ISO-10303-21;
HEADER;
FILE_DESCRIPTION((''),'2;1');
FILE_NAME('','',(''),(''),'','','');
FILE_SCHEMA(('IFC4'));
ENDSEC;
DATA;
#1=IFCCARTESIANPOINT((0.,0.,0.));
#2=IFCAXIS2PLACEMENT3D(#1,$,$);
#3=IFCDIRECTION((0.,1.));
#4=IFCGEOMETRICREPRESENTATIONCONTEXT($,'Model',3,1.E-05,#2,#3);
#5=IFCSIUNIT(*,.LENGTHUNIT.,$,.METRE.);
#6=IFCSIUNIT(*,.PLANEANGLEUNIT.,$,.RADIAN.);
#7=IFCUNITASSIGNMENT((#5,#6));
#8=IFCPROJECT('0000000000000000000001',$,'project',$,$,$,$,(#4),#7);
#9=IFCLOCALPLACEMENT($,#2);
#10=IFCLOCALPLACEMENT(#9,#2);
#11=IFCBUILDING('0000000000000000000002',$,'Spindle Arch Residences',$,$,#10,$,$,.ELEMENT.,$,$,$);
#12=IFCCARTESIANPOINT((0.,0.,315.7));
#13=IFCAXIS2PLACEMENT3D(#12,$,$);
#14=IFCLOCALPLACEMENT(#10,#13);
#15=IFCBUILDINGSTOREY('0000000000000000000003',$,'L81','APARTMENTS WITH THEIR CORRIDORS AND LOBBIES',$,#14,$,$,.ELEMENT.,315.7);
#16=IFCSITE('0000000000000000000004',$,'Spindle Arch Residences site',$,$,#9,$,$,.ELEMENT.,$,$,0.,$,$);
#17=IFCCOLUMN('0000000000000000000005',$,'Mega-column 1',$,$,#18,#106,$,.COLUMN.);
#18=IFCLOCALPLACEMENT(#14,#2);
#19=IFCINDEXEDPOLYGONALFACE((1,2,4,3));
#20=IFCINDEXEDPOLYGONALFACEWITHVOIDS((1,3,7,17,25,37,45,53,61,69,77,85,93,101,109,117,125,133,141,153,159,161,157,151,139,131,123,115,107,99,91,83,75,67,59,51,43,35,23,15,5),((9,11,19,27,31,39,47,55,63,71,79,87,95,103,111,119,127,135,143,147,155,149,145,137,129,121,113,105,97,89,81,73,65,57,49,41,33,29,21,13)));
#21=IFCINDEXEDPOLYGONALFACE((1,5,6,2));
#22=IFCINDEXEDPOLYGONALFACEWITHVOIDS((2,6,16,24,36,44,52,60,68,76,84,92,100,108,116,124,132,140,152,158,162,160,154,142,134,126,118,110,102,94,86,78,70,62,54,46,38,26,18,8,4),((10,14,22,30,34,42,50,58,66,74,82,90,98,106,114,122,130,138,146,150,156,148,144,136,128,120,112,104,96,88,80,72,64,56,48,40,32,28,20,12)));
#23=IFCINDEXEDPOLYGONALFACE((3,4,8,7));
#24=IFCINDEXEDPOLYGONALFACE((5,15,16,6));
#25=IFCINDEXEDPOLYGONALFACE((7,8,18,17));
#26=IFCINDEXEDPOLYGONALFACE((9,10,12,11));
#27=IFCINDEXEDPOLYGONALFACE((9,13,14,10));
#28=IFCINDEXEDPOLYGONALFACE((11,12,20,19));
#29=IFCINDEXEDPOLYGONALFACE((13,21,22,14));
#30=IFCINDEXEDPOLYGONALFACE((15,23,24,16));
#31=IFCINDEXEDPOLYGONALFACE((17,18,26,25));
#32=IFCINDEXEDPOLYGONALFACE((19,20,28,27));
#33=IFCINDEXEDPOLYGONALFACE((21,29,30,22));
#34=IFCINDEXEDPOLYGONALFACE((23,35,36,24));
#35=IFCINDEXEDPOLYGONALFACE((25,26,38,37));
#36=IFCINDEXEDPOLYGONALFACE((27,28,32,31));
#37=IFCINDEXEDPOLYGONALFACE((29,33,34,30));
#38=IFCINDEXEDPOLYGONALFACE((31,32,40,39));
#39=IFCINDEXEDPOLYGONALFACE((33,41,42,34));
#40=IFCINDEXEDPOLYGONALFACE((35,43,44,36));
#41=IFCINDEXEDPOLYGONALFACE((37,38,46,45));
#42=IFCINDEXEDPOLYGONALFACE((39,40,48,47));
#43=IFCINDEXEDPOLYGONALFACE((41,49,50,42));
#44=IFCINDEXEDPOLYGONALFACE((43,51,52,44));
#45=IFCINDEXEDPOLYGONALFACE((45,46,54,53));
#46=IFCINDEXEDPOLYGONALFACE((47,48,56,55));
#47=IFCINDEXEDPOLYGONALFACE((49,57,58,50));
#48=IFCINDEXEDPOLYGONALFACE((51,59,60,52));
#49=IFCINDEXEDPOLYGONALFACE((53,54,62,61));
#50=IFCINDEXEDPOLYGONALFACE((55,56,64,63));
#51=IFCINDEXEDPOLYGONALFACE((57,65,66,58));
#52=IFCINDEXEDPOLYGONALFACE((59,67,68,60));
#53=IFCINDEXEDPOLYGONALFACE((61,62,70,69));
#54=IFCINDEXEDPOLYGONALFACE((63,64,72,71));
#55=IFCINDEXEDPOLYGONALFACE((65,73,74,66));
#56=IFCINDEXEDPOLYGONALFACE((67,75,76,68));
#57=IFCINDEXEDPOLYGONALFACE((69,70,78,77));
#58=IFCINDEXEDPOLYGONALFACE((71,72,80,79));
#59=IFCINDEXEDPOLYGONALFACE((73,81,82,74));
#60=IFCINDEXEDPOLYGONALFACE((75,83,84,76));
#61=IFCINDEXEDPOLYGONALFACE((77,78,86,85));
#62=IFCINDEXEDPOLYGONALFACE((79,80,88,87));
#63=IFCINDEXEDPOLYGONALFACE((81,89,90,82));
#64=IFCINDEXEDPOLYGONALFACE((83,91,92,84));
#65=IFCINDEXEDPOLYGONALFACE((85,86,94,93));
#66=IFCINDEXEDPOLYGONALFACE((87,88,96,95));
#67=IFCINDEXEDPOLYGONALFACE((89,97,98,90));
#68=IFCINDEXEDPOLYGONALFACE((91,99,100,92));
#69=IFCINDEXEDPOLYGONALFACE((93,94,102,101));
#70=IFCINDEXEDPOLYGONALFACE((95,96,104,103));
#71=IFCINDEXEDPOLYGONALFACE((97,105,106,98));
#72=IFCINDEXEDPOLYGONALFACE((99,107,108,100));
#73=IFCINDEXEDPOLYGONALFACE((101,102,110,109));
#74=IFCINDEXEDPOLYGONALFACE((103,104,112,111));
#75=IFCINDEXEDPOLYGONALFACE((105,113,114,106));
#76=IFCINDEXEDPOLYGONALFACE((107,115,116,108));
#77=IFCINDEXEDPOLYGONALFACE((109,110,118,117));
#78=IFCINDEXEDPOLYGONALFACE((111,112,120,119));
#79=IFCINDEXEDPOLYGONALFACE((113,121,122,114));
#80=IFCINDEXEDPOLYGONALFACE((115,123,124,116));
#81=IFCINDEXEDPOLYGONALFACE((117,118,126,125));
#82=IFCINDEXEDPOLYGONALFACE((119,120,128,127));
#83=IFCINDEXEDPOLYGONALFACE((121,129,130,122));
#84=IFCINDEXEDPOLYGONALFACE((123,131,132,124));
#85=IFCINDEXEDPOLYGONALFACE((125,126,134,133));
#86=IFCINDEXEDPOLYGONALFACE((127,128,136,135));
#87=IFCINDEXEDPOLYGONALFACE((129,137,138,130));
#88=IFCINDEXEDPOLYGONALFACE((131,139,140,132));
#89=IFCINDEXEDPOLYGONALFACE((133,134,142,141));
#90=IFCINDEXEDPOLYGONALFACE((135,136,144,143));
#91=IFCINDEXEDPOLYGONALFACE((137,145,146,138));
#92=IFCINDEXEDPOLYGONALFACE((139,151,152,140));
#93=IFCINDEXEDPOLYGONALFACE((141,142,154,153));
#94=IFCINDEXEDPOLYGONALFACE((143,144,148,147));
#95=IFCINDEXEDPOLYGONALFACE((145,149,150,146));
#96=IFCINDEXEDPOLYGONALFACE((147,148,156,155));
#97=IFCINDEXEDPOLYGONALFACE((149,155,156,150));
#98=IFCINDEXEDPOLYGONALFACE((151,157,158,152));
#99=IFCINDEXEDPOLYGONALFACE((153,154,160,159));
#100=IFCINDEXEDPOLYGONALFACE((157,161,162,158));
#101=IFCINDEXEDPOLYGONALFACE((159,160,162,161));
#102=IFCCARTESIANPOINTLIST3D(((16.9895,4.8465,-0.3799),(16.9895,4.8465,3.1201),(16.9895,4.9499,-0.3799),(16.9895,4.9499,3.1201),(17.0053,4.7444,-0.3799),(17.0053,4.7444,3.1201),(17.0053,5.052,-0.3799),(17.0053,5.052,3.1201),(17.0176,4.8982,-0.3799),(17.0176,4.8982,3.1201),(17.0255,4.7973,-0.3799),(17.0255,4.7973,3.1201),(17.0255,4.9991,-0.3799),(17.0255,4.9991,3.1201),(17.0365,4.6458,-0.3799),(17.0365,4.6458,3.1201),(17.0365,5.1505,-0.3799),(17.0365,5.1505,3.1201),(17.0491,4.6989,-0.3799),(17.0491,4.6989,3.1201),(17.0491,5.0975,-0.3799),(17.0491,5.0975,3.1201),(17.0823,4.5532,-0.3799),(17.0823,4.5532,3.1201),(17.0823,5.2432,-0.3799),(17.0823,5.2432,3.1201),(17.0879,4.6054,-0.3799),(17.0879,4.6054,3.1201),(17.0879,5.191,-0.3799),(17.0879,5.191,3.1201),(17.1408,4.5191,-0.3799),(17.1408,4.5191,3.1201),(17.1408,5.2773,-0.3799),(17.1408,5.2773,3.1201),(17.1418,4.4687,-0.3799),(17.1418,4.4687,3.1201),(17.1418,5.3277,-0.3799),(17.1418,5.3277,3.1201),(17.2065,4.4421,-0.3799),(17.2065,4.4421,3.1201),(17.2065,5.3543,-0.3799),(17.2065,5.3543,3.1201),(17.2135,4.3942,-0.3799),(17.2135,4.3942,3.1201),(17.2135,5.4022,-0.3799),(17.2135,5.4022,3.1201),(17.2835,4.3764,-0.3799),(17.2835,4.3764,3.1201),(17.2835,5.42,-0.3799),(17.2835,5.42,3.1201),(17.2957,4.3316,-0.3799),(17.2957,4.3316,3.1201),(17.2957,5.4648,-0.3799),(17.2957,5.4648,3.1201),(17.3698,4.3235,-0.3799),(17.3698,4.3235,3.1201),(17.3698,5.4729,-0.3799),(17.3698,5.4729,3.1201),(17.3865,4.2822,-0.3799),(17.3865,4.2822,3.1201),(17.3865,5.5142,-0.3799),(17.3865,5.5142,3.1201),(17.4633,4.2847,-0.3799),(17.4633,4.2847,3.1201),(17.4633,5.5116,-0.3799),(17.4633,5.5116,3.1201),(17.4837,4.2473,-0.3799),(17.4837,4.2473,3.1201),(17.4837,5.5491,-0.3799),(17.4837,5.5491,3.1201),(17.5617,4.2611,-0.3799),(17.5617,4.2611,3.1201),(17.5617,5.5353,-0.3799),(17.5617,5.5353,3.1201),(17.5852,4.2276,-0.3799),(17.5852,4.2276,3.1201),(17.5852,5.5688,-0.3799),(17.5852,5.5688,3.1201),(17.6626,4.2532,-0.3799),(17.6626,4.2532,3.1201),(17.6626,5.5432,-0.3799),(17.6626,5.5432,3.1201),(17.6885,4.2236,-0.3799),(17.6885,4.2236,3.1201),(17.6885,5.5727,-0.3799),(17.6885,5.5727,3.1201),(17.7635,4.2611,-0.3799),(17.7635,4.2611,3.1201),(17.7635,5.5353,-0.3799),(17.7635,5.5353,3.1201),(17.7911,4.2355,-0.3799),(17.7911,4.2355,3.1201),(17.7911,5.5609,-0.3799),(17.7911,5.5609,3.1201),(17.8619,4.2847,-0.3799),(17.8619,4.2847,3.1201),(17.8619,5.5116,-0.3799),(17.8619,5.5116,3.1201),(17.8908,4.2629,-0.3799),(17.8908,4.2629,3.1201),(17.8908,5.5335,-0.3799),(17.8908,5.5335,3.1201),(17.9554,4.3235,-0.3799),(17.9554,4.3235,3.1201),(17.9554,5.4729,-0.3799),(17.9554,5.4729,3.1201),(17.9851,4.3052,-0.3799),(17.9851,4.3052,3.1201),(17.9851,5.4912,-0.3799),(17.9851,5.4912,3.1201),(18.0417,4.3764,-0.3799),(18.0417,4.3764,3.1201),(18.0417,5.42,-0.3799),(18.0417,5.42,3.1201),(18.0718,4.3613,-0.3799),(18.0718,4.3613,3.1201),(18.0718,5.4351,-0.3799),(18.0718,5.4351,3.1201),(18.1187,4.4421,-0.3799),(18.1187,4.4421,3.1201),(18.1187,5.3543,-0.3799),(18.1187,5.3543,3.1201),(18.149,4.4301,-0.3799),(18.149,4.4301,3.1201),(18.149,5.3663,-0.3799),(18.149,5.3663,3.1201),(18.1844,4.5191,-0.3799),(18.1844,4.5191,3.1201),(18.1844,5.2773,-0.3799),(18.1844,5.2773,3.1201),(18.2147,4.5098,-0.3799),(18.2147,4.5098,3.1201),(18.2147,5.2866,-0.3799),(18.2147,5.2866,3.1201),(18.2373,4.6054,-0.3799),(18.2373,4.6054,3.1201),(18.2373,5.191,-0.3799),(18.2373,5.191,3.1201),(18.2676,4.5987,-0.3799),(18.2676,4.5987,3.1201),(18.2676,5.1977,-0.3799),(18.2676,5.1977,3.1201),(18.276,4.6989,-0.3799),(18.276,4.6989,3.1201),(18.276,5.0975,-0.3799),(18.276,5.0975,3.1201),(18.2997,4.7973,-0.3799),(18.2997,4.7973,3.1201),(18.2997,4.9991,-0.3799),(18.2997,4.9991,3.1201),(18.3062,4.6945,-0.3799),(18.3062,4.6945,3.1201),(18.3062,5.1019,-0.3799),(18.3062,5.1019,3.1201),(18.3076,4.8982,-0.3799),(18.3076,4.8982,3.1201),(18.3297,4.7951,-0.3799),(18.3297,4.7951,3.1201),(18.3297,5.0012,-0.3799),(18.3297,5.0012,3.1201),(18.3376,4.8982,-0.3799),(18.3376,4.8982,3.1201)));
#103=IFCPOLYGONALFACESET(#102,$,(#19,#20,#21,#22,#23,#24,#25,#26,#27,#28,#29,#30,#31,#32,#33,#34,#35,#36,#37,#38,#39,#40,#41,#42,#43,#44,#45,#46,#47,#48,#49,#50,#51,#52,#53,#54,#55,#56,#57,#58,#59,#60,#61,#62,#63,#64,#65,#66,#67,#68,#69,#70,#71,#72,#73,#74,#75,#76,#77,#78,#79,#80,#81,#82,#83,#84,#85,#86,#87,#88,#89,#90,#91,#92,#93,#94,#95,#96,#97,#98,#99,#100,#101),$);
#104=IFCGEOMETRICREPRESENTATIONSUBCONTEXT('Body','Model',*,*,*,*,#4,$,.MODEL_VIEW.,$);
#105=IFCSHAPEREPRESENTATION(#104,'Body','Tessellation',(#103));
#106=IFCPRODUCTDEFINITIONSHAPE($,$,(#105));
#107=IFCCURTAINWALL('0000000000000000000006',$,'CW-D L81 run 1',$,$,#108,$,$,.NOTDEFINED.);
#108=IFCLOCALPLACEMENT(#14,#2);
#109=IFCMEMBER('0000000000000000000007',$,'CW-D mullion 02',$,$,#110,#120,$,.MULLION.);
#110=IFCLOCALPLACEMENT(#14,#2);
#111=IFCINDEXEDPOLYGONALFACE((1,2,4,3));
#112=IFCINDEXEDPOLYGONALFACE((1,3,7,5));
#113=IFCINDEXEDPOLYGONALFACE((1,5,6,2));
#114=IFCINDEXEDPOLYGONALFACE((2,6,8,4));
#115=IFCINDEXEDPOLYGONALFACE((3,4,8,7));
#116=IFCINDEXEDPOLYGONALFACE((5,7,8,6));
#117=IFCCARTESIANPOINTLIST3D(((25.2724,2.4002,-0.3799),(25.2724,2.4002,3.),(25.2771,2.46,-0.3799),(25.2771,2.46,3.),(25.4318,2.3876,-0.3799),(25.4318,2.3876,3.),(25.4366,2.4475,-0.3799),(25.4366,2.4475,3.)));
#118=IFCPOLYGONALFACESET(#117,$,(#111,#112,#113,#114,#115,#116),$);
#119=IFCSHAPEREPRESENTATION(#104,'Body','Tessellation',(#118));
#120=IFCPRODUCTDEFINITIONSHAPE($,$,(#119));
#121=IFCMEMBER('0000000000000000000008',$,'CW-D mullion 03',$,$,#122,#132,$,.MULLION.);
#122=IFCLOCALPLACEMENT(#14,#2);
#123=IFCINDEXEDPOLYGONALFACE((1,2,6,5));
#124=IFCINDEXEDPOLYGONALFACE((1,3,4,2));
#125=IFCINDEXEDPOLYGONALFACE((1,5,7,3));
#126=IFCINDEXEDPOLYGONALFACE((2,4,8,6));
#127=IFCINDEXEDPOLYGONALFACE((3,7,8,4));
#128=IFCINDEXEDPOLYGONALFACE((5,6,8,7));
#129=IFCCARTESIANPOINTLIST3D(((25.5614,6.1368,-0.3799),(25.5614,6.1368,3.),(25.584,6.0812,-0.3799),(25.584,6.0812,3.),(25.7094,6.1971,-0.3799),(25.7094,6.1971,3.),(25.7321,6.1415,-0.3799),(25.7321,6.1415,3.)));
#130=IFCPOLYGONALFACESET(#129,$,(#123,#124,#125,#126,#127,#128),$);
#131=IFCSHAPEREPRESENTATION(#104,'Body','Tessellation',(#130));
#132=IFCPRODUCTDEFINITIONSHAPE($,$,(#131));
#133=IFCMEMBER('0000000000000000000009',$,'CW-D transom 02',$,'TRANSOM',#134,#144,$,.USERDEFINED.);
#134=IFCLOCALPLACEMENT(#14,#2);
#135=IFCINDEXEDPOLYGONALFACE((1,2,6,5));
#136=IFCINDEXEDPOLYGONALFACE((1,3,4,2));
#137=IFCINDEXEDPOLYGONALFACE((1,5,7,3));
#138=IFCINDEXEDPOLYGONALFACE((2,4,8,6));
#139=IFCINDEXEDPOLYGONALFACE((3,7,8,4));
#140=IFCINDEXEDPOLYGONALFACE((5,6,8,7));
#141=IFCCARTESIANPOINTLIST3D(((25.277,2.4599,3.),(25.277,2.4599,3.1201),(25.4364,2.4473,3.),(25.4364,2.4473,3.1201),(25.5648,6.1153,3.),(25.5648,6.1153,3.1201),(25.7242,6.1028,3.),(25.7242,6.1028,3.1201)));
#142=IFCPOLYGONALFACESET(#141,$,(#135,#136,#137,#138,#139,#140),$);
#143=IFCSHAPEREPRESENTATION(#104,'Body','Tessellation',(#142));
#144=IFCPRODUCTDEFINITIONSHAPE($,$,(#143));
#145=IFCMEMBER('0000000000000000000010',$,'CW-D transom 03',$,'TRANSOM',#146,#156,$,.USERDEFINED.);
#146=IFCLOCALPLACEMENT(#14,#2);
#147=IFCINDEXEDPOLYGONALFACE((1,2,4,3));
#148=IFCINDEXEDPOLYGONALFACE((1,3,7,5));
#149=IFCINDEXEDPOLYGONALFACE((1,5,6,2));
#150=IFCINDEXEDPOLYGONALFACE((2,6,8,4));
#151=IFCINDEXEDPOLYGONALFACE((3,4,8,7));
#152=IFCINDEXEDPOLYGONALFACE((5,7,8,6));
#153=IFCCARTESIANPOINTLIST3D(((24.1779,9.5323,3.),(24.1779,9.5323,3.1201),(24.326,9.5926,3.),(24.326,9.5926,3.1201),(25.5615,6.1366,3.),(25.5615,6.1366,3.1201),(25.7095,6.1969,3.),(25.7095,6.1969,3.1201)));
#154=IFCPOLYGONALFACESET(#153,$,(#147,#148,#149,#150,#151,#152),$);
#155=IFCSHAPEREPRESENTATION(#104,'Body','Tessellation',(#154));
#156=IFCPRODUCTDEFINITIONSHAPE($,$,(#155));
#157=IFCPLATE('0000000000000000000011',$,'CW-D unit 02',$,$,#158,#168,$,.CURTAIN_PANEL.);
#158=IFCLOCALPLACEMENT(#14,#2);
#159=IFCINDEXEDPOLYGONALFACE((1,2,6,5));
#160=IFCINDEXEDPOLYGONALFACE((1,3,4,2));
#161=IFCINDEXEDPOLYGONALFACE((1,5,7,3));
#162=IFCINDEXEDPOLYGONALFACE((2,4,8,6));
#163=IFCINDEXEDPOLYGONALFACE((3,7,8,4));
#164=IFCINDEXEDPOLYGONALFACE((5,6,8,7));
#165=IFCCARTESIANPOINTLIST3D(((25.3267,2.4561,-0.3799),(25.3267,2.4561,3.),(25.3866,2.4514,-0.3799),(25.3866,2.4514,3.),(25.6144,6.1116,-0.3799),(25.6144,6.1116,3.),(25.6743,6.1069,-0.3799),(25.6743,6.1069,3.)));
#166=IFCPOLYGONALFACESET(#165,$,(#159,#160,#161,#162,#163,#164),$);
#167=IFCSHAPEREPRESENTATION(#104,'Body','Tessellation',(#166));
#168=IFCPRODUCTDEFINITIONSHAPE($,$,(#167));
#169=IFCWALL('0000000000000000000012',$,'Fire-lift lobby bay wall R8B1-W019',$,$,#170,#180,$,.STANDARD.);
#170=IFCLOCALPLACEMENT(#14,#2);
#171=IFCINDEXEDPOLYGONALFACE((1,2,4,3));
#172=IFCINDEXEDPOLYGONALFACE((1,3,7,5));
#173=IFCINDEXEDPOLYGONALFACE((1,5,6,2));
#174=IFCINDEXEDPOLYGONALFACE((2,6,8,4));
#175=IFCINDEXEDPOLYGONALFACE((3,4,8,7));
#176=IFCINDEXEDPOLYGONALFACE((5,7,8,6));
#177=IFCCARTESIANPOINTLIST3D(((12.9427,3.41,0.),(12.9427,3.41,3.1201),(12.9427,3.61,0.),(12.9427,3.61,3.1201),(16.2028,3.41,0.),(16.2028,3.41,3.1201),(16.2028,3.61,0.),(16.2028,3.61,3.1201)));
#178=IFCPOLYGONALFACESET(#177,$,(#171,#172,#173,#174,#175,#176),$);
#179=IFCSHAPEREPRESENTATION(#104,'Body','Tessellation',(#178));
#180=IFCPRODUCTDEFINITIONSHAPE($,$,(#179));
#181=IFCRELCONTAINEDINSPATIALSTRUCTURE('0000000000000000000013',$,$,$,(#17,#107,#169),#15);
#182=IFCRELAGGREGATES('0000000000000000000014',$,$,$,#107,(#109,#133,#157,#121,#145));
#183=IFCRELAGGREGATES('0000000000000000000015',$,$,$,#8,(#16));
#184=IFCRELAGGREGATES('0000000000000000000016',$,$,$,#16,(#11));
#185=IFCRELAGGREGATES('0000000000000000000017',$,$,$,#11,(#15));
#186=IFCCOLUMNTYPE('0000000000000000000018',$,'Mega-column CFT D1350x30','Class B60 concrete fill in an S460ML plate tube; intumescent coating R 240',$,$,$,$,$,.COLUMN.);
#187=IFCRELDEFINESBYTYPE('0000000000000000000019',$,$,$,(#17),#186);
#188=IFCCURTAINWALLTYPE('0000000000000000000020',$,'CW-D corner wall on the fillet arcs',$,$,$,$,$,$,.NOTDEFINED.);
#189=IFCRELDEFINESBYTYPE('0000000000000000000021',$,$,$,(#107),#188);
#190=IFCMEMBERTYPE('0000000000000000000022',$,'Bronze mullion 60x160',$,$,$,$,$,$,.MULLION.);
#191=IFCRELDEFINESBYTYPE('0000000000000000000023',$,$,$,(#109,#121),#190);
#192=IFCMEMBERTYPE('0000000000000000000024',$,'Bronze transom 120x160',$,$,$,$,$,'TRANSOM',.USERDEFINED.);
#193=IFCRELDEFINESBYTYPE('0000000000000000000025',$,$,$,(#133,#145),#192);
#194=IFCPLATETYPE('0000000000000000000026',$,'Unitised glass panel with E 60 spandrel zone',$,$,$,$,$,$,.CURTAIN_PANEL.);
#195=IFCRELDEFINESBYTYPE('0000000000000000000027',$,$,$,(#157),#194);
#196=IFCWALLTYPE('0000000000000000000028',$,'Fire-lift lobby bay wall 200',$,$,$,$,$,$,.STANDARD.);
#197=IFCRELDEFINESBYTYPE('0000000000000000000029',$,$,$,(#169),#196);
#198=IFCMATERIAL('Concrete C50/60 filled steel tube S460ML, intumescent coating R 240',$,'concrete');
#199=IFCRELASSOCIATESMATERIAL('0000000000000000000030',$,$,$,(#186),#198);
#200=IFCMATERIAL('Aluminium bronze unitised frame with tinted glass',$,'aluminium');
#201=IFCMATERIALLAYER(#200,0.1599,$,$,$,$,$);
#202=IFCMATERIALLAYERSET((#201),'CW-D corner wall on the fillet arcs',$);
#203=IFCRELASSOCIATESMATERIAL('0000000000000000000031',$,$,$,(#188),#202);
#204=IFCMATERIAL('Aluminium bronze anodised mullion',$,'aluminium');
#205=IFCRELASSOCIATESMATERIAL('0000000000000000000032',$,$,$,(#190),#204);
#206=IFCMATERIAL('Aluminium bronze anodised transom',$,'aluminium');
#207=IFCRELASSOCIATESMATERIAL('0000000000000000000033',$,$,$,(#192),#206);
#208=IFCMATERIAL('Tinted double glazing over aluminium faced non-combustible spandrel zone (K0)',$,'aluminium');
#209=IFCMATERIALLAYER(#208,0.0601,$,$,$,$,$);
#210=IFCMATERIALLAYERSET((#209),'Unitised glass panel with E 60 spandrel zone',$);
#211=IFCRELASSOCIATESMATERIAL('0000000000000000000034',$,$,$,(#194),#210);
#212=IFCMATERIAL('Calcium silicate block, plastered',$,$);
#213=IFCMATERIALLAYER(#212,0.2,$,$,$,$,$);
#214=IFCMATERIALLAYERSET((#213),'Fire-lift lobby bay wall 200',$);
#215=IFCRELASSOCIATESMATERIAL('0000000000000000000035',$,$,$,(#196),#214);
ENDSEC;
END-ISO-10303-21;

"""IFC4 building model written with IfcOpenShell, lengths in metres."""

from ifc_helpers import new_model, si_unit, direction, frame, frame_2d, origin, origin_2d, place, context, subcontext, project, spatial, rectangle, hollow_circle, extrude, material, layer, layer_set, material_profile, profile_set, type_object, element, aggregate, save


model = new_model("IFC4")

# Units and contexts
model_context = context("Model", 3, precision=1e-05, world=origin(), true_north=direction((0.0, 1.0)))
body_context = subcontext(model_context, "Body", "Model", "MODEL_VIEW")
ifc_project = project(units=[si_unit("LENGTHUNIT", "METRE"), si_unit("PLANEANGLEUNIT", "RADIAN")], contexts=[model_context])

# Site, building, storey
site_placement = place(None, origin())
site = spatial("IfcSite", under=ifc_project, at=site_placement, Name="Spindle Arch Residences site", CompositionType="ELEMENT", RefElevation=0.0)
building_placement = place(site_placement, origin())
building = spatial("IfcBuilding", under=site, at=building_placement, Name="Spindle Arch Residences", CompositionType="ELEMENT")
storey_placement = place(building_placement, frame((0.0, 0.0, 315.7)))
storey = spatial("IfcBuildingStorey", under=building, at=storey_placement, Name="L81", Description="APARTMENTS WITH THEIR CORRIDORS AND LOBBIES", CompositionType="ELEMENT", Elevation=315.7)

# Column
ifc_material_1 = material(Name="Concrete C50/60 filled steel tube S460ML, intumescent coating R 240", Category="concrete")
ifc_material_profile_1 = material_profile(ifc_material_1, hollow_circle(Radius=0.675, WallThickness=0.03, at=origin_2d()), Name="CFT D1350x30")
ifc_profile_set_1 = profile_set([ifc_material_profile_1], Name="Concrete C50/60 filled steel tube S460ML, intumescent coating R 240")
column_type = type_object("IfcColumnType", Name="Mega-column CFT D1350x30", Description="Class B60 concrete fill in an S460ML plate tube; intumescent coating R 240", PredefinedType="COLUMN", material=ifc_profile_set_1)
column_placement = place(storey_placement, frame((17.6626, 4.8982, -0.3799), z_axis=(0.0, 0.0, 1.0), x_axis=(1.0, 0.0, 0.0)))
element("IfcColumn", 1, at=column_placement, inside=storey, type_object=column_type, Name="Mega-column 1", PredefinedType="COLUMN", context=body_context, shape_type="SweptSolid", body=[
    extrude(hollow_circle(Radius=0.675, WallThickness=0.03, at=origin_2d()), origin(), (0.0, 0.0, 1.0), 3.5),
])

# Curtain wall, members, plate
ifc_material_2 = material(Name="Aluminium bronze unitised frame with tinted glass", Category="aluminium")
ifc_layer_1 = layer(ifc_material_2, 0.1599)
ifc_layer_set_1 = layer_set([ifc_layer_1], Name="CW-D corner wall on the fillet arcs")
curtain_wall_type = type_object("IfcCurtainWallType", Name="CW-D corner wall on the fillet arcs", PredefinedType="NOTDEFINED", material=ifc_layer_set_1)
curtain_wall_placement = place(storey_placement, origin())
curtain_wall = element("IfcCurtainWall", 2, at=curtain_wall_placement, inside=storey, type_object=curtain_wall_type, Name="CW-D L81 run 1", PredefinedType="NOTDEFINED")
ifc_material_3 = material(Name="Aluminium bronze anodised mullion", Category="aluminium")
ifc_material_profile_2 = material_profile(ifc_material_3, rectangle(XDim=0.1599, YDim=0.0601, at=origin_2d()), Name="MU 60x160")
ifc_profile_set_2 = profile_set([ifc_material_profile_2], Name="Aluminium bronze anodised mullion")
member_type_1 = type_object("IfcMemberType", Name="Bronze mullion 60x160", PredefinedType="MULLION", material=ifc_profile_set_2)
member_1_placement = place(storey_placement, frame((25.3545, 2.4238, -0.3799), z_axis=(0.0, 0.0, 1.0), x_axis=(-0.996917, 0.078459, 0.0)))
member_1 = element("IfcMember", 3, at=member_1_placement, type_object=member_type_1, Name="CW-D mullion 02", PredefinedType="MULLION", context=body_context, shape_type="SweptSolid", body=[
    extrude(rectangle(XDim=0.1599, YDim=0.0601, at=origin_2d()), origin(), (0.0, 0.0, 1.0), 3.3799),
])
member_2_placement = place(storey_placement, frame((25.6467, 6.1392, -0.3799), z_axis=(0.0, 0.0, 1.0), x_axis=(-0.92609, -0.377302, 0.0)))
member_2 = element("IfcMember", 4, at=member_2_placement, type_object=member_type_1, Name="CW-D mullion 03", PredefinedType="MULLION", context=body_context, shape_type="SweptSolid", body=[
    extrude(rectangle(XDim=0.1599, YDim=0.0601, at=origin_2d()), origin(), (0.0, 0.0, 1.0), 3.3799),
])
ifc_material_4 = material(Name="Aluminium bronze anodised transom", Category="aluminium")
ifc_material_profile_3 = material_profile(ifc_material_4, rectangle(XDim=0.1599, YDim=0.1201, at=origin_2d()), Name="TR 120x160")
ifc_profile_set_3 = profile_set([ifc_material_profile_3], Name="Aluminium bronze anodised transom")
member_type_2 = type_object("IfcMemberType", Name="Bronze transom 120x160", ElementType="TRANSOM", PredefinedType="USERDEFINED", material=ifc_profile_set_3)
member_3_placement = place(storey_placement, frame((25.3567, 2.4536, 3.0601), z_axis=(0.078499, 0.996914, 0.0), x_axis=(-0.996914, 0.078499, 0.0)))
member_3 = element("IfcMember", 5, at=member_3_placement, type_object=member_type_2, Name="CW-D transom 02", ObjectType="TRANSOM", PredefinedType="USERDEFINED", context=body_context, shape_type="SweptSolid", body=[
    extrude(rectangle(XDim=0.1599, YDim=0.1201, at=origin_2d()), origin(), (0.0, 0.0, 1.0), 3.6667),
])
member_4_placement = place(storey_placement, frame((25.6355, 6.1667, 3.0601), z_axis=(-0.377318, 0.926084, 0.0), x_axis=(-0.926084, -0.377318, 0.0)))
member_4 = element("IfcMember", 6, at=member_4_placement, type_object=member_type_2, Name="CW-D transom 03", ObjectType="TRANSOM", PredefinedType="USERDEFINED", context=body_context, shape_type="SweptSolid", body=[
    extrude(rectangle(XDim=0.1599, YDim=0.1201, at=origin_2d()), origin(), (0.0, 0.0, 1.0), 3.6667),
])
ifc_material_5 = material(Name="Tinted double glazing over aluminium faced non-combustible spandrel zone (K0)", Category="aluminium")
ifc_layer_2 = layer(ifc_material_5, 0.0601)
ifc_layer_set_2 = layer_set([ifc_layer_2], Name="Unitised glass panel with E 60 spandrel zone")
plate_type = type_object("IfcPlateType", Name="Unitised glass panel with E 60 spandrel zone", PredefinedType="CURTAIN_PANEL", material=ifc_layer_set_2)
plate_placement = place(storey_placement, frame((25.5005, 4.2815, -0.3799), z_axis=(0.0, 0.0, 1.0), x_axis=(0.078459, 0.996917, 0.0)))
plate = element("IfcPlate", 7, at=plate_placement, type_object=plate_type, Name="CW-D unit 02", PredefinedType="CURTAIN_PANEL", context=body_context, shape_type="SweptSolid", body=[
    extrude(rectangle(XDim=3.6667, YDim=0.0601, at=origin_2d()), origin(), (0.0, 0.0, 1.0), 3.3799),
])
aggregate(curtain_wall, [member_1, member_3, plate, member_2, member_4])

# Wall
ifc_material_6 = material(Name="Calcium silicate block, plastered")
ifc_layer_3 = layer(ifc_material_6, 0.2)
ifc_layer_set_3 = layer_set([ifc_layer_3], Name="Fire-lift lobby bay wall 200")
wall_type_1 = type_object("IfcWallType", Name="Fire-lift lobby bay wall 200", PredefinedType="STANDARD", material=ifc_layer_set_3)
wall_1_placement = place(storey_placement, frame((16.2026, 3.51, 0.0), z_axis=(0.0, 0.0, 1.0), x_axis=(-1.0, 0.0, 0.0)))
element("IfcWall", 8, at=wall_1_placement, inside=storey, type_object=wall_type_1, Name="Fire-lift lobby bay wall R8B1-W019", PredefinedType="STANDARD", context=body_context, shape_type="SweptSolid", body=[
    extrude(rectangle(XDim=3.26, YDim=0.2, at=frame_2d((1.6299, 0.0))), origin(), (0.0, 0.0, 1.0), 3.1201),
])

save(model, "model.ifc")
